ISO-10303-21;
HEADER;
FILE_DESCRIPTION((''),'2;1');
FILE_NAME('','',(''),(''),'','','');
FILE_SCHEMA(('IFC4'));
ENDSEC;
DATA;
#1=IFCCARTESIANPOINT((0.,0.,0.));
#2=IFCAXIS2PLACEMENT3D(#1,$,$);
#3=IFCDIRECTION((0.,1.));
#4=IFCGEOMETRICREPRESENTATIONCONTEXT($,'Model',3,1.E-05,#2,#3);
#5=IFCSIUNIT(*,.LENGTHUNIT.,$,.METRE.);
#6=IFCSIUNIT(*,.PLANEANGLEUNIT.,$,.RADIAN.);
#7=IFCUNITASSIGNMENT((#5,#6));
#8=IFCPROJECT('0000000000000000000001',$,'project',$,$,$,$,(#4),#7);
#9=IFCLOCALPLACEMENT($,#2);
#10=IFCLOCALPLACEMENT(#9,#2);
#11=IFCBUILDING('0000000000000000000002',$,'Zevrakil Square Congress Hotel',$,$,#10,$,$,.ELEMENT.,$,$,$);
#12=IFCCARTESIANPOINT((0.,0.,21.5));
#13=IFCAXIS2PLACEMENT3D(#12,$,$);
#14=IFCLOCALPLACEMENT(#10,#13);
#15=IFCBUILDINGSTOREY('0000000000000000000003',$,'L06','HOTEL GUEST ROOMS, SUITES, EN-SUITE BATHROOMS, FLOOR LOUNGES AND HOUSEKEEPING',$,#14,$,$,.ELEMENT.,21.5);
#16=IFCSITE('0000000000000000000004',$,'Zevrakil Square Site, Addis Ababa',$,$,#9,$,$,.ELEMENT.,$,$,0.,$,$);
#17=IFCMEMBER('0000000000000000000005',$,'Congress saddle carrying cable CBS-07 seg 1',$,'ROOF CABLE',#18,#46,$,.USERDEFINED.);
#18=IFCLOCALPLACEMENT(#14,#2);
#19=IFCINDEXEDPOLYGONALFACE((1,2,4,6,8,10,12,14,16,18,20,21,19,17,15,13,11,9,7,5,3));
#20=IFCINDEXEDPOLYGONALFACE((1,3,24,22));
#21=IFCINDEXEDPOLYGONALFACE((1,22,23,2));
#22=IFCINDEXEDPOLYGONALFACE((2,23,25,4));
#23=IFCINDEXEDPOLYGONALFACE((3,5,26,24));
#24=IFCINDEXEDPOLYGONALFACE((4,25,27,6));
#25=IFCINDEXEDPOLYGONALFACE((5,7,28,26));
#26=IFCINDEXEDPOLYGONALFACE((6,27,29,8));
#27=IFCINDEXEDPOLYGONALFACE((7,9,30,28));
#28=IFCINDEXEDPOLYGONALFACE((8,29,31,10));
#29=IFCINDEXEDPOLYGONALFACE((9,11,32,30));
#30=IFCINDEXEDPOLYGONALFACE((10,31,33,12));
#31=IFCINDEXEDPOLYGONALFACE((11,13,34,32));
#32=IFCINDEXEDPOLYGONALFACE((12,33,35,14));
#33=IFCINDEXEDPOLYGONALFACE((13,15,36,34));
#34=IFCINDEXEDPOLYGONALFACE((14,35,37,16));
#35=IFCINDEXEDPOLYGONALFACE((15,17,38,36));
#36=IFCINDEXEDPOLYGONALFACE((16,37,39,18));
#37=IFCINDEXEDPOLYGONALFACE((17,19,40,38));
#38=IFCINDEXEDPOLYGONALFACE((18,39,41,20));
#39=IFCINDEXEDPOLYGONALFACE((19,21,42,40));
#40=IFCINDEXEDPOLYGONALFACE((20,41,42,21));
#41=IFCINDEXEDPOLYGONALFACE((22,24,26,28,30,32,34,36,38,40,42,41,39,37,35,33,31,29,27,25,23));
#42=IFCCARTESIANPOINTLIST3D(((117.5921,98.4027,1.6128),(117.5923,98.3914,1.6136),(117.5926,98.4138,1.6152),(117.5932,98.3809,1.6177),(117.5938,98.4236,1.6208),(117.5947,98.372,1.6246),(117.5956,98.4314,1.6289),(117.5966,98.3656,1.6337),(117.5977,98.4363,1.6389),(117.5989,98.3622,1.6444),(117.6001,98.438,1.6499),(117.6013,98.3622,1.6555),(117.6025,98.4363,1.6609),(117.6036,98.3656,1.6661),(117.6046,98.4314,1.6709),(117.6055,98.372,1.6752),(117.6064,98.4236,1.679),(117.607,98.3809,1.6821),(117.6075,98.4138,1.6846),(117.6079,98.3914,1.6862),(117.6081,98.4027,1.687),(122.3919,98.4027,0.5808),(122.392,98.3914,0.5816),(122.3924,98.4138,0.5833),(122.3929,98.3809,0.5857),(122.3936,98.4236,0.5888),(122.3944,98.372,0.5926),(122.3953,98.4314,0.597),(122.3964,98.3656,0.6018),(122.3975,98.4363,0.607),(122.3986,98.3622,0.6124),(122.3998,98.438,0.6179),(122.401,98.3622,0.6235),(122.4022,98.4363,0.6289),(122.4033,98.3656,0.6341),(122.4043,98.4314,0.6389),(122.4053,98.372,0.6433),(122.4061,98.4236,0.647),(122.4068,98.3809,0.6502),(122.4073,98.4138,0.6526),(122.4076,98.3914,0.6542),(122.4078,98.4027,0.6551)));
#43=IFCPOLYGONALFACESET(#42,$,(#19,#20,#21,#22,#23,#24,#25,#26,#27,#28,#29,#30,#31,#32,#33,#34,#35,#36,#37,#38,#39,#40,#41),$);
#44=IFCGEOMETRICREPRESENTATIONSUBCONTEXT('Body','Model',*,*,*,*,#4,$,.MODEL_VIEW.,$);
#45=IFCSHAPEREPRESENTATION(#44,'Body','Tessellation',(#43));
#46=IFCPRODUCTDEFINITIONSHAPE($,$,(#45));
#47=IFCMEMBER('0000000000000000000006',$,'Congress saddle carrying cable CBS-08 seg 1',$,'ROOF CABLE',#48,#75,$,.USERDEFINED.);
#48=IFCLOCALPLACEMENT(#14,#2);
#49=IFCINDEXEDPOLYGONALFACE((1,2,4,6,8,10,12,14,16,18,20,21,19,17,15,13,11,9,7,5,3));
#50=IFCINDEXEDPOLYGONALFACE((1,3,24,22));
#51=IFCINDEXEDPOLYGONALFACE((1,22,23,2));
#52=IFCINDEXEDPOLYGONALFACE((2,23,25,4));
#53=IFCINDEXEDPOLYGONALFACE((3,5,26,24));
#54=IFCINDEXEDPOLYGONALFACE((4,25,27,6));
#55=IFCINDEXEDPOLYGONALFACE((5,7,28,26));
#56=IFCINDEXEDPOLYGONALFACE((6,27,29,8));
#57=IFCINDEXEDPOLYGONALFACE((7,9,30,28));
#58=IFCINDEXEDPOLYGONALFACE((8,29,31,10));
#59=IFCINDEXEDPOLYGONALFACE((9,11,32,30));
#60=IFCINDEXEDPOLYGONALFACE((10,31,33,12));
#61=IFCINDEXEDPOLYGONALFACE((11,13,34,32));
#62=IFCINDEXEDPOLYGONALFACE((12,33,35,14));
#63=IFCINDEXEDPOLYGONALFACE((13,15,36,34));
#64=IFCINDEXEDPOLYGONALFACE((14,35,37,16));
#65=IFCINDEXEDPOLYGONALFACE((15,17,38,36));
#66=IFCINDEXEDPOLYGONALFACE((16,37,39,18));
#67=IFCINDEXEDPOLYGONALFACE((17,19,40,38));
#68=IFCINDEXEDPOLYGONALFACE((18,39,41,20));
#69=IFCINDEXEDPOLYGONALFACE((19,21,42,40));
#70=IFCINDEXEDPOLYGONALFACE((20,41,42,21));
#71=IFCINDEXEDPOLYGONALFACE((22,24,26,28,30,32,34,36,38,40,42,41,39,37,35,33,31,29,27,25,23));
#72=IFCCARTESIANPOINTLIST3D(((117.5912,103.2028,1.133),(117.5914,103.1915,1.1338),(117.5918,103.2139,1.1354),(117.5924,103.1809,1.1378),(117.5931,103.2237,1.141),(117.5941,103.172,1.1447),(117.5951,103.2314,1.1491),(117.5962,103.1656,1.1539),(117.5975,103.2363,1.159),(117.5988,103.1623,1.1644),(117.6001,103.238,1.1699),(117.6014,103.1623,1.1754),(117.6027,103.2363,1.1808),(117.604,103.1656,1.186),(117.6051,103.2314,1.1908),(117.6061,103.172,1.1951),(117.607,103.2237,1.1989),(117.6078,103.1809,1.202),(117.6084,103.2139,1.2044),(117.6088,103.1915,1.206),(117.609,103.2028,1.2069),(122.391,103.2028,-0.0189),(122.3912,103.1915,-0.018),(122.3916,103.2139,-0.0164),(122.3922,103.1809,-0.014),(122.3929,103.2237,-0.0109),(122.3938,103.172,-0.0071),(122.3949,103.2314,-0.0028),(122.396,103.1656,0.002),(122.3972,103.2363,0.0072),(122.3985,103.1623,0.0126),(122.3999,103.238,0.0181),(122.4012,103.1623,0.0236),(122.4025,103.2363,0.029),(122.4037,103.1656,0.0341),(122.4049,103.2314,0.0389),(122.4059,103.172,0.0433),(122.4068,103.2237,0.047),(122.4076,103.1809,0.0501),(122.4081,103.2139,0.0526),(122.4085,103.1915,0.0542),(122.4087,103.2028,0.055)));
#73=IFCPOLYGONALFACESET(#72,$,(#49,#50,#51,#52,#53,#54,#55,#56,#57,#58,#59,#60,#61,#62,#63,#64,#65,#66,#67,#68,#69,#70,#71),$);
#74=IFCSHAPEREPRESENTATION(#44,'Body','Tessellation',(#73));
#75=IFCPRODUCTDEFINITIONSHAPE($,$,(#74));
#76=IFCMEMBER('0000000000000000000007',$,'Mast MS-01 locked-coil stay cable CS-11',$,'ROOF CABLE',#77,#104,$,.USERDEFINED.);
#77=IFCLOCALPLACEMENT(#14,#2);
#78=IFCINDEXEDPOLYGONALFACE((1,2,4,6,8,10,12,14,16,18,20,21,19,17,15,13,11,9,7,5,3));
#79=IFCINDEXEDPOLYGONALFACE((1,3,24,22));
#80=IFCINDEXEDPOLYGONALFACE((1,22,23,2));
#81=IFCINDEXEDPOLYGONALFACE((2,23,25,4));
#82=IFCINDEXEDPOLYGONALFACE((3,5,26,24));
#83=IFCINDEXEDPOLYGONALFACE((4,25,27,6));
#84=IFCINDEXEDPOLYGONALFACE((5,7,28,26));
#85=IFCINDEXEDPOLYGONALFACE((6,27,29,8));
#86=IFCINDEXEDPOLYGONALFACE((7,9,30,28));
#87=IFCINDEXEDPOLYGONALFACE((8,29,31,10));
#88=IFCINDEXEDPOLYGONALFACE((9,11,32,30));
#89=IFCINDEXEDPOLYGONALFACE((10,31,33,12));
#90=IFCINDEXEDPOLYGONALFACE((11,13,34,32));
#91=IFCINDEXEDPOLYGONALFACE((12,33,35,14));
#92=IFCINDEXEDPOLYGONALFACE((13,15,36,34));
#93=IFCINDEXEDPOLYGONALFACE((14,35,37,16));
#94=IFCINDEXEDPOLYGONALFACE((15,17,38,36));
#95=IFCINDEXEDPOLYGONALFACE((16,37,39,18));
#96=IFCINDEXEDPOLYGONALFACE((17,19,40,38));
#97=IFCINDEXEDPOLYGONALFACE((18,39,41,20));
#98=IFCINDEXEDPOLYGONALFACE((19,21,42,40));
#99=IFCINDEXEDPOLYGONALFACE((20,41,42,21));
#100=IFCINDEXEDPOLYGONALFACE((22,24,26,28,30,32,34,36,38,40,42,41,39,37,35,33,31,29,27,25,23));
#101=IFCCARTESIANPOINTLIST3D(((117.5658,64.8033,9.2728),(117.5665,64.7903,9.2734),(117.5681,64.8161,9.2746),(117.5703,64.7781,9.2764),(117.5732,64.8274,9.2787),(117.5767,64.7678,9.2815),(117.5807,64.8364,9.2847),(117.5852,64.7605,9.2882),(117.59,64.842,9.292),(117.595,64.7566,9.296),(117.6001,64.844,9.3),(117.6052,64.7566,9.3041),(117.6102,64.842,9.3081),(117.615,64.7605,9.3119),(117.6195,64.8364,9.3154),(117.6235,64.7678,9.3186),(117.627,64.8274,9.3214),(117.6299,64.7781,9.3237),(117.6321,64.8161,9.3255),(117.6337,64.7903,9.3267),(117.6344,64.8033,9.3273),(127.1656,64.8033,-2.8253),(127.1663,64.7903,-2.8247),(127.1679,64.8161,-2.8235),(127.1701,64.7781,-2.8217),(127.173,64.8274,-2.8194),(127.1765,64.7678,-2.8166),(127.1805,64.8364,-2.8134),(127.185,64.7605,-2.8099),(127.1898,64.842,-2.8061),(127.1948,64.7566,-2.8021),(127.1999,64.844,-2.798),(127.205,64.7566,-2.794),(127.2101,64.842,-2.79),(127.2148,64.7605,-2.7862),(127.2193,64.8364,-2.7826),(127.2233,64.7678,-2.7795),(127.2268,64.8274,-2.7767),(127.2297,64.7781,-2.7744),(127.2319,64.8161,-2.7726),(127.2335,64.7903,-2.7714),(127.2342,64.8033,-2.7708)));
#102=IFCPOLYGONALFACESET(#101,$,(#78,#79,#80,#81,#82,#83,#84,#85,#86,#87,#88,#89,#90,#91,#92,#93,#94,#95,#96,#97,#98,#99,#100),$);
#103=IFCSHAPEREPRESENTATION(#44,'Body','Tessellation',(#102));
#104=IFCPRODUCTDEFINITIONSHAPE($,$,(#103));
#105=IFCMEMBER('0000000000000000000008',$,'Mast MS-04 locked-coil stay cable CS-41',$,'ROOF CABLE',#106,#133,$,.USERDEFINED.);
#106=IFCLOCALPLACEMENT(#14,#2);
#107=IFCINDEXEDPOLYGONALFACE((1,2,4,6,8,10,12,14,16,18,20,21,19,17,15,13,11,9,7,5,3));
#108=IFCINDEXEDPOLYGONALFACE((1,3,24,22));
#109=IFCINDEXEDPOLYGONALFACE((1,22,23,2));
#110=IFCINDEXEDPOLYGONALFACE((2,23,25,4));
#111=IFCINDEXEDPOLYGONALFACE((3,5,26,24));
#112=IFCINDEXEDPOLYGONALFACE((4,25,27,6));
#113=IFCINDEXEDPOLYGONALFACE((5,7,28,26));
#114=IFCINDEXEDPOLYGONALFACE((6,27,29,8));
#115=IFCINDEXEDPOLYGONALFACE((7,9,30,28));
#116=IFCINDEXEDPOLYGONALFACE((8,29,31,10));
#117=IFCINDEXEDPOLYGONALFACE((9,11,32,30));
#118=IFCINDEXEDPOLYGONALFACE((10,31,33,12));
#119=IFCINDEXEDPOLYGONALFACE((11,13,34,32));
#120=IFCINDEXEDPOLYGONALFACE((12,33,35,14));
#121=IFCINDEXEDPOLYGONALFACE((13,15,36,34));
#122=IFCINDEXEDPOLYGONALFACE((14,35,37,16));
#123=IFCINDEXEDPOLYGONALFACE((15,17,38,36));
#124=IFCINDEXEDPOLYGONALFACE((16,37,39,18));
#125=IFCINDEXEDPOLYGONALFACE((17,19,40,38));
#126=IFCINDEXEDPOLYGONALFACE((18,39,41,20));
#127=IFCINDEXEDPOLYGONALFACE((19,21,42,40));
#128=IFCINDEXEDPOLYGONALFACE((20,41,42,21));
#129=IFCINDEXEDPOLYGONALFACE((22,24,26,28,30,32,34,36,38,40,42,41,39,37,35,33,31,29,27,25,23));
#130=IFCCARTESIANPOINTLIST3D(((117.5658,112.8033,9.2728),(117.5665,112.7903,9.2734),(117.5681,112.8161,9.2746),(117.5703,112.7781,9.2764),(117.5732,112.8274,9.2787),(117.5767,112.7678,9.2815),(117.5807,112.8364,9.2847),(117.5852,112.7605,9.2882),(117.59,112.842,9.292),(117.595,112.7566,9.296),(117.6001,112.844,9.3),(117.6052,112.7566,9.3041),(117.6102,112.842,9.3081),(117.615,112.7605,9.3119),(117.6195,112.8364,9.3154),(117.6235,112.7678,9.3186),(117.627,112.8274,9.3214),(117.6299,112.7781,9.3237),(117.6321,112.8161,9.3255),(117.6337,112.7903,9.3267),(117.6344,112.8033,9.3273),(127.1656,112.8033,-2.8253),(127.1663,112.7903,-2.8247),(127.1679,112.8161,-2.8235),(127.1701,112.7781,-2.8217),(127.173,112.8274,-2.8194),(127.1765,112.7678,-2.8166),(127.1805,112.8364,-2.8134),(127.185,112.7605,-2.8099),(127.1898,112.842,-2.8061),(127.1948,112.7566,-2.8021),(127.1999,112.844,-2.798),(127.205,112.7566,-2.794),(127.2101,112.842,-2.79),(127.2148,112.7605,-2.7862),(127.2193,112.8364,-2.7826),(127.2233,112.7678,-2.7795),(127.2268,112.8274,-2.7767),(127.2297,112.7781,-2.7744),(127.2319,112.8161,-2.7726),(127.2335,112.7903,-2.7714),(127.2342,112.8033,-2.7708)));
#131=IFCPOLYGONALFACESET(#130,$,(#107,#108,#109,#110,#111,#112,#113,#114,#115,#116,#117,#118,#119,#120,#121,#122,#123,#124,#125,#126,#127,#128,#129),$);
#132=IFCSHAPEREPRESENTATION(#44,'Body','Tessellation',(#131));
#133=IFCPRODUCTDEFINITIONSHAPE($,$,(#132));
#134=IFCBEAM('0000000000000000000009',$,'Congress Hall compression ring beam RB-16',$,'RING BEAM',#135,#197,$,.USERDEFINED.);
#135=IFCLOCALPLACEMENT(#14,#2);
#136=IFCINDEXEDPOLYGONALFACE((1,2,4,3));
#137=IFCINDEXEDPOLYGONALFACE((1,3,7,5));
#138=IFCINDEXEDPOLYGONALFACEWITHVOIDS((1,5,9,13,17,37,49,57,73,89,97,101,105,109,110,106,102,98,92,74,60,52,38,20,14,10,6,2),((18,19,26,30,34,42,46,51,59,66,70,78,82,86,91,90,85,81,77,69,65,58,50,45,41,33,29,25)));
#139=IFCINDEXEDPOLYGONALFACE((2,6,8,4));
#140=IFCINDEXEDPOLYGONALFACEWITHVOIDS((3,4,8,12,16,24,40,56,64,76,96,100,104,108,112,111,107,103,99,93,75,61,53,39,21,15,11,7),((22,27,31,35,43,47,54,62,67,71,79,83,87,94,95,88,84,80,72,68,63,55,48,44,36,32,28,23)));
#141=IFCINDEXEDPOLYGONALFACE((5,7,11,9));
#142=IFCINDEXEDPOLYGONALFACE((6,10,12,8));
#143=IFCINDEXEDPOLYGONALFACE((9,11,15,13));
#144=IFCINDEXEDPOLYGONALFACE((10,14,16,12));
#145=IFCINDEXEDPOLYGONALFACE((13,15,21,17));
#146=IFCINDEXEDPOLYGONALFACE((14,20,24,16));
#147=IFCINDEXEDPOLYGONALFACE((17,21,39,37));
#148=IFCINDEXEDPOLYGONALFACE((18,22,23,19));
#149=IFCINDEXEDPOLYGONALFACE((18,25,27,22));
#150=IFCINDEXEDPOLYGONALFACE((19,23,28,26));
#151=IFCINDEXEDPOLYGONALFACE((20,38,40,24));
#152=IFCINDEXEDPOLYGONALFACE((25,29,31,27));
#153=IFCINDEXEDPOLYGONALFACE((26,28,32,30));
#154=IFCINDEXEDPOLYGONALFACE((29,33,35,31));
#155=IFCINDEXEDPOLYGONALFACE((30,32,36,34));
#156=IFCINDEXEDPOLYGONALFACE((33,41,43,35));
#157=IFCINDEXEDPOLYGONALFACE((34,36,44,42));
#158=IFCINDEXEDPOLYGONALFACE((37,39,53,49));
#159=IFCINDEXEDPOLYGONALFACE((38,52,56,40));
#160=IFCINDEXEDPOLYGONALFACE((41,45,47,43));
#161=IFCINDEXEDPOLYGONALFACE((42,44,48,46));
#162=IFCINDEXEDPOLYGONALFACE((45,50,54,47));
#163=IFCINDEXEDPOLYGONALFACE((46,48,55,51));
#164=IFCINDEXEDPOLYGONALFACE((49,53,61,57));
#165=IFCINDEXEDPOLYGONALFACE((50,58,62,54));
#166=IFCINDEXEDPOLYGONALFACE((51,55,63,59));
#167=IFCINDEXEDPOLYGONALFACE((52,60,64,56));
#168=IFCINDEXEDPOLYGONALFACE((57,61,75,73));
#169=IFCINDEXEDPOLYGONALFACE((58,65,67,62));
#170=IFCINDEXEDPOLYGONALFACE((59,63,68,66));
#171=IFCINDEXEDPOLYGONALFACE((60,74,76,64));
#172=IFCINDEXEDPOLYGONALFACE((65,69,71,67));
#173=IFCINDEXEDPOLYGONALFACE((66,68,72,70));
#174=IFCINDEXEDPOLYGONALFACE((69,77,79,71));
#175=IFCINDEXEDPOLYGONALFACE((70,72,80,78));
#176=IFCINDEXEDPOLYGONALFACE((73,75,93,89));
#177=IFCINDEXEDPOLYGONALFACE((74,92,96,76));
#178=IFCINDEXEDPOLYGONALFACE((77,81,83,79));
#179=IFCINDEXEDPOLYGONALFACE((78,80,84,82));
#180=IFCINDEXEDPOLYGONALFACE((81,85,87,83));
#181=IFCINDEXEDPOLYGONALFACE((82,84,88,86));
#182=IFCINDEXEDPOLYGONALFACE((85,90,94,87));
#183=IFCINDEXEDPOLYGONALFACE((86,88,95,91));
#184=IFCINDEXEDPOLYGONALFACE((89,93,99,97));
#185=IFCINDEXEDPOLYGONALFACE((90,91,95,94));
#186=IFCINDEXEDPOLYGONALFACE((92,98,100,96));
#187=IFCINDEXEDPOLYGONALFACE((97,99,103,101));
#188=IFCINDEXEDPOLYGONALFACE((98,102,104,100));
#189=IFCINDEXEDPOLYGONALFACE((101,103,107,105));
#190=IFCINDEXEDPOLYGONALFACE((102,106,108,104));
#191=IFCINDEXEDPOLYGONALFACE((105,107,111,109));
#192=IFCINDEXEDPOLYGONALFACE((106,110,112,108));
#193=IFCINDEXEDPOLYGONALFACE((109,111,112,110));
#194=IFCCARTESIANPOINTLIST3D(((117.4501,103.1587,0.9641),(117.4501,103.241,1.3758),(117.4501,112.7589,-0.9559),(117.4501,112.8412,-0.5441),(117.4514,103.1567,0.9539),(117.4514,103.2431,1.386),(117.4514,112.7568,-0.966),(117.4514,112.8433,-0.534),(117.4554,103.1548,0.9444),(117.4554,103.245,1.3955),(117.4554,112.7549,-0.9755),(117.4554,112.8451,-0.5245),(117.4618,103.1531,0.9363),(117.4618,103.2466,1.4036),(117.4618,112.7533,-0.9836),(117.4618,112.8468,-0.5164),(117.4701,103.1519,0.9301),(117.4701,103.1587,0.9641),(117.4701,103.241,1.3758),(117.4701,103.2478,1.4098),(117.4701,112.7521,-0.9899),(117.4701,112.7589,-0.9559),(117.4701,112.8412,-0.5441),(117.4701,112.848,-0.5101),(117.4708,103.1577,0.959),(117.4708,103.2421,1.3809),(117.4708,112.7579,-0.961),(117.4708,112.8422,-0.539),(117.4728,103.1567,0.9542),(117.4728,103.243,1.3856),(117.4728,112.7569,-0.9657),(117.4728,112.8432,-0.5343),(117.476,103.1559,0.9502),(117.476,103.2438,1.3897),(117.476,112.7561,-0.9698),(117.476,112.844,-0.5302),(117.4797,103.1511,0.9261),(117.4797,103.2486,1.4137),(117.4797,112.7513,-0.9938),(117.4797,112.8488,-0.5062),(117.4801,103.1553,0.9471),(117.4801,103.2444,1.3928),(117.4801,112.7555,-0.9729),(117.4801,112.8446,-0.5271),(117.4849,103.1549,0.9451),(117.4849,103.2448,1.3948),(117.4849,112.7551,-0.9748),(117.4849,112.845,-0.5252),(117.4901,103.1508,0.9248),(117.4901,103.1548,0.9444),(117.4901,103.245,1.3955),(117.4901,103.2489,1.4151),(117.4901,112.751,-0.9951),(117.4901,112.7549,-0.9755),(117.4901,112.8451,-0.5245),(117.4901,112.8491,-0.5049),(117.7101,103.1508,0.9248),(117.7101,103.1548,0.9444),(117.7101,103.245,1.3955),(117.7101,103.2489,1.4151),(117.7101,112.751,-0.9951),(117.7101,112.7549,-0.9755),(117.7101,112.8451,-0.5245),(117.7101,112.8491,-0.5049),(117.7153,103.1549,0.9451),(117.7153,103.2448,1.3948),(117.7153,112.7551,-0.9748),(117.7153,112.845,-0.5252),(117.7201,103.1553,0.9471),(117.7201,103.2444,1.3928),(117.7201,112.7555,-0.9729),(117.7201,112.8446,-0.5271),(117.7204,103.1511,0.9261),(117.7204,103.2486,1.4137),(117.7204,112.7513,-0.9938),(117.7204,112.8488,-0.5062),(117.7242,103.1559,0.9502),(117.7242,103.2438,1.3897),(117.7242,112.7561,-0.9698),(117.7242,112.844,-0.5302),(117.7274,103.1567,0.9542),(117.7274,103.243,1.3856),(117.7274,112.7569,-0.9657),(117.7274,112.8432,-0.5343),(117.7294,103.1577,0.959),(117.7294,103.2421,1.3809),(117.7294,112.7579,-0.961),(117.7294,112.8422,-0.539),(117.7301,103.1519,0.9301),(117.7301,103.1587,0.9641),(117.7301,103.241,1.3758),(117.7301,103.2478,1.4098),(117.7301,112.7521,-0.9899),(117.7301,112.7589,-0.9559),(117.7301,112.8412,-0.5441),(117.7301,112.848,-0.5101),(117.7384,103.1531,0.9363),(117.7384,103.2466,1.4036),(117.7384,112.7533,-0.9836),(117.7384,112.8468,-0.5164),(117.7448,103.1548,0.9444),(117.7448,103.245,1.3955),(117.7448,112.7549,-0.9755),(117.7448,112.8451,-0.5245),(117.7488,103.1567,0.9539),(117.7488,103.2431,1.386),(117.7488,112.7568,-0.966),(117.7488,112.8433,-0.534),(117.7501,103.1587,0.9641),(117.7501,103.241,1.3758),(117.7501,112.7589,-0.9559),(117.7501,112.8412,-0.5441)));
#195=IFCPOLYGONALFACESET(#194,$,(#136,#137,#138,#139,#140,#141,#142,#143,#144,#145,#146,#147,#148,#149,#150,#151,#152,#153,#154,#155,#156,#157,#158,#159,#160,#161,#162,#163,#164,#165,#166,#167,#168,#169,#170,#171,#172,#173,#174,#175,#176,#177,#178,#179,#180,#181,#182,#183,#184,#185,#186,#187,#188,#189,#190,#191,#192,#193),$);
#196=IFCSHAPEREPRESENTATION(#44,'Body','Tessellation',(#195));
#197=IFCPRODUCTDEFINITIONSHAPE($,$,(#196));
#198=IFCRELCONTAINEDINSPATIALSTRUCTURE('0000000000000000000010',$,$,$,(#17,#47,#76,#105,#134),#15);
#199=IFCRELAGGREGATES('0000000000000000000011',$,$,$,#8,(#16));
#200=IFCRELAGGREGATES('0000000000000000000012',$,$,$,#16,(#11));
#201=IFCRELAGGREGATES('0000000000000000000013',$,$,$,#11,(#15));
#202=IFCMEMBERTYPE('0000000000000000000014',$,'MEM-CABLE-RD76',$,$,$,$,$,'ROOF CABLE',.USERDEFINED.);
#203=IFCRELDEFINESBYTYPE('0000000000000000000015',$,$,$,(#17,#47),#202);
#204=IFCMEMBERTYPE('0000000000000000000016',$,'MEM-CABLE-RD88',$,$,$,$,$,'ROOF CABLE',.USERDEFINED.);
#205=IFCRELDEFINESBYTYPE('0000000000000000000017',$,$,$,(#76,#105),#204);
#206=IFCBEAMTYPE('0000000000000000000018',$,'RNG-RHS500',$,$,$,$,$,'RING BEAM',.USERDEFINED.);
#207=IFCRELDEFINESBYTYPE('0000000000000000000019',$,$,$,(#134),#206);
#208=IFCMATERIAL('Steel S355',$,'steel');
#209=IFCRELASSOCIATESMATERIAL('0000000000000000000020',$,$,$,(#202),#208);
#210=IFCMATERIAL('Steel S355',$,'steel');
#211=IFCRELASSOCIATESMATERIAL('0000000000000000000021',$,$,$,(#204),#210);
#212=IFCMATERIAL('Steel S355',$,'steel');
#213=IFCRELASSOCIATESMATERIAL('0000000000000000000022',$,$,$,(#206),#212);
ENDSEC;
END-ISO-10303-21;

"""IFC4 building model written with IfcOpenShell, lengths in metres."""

from ifc_helpers import new_model, si_unit, direction, frame, origin, origin_2d, place, context, subcontext, project, spatial, hollow_rectangle, circle, extrude, material, material_profile, profile_set, type_object, element, save


model = new_model("IFC4")

# Units and contexts
model_context = context("Model", 3, precision=1e-05, world=origin(), true_north=direction((0.0, 1.0)))
body_context = subcontext(model_context, "Body", "Model", "MODEL_VIEW")
ifc_project = project(units=[si_unit("LENGTHUNIT", "METRE"), si_unit("PLANEANGLEUNIT", "RADIAN")], contexts=[model_context])

# Site, building, storey
site_placement = place(None, origin())
site = spatial("IfcSite", under=ifc_project, at=site_placement, Name="Zevrakil Square Site, Addis Ababa", CompositionType="ELEMENT", RefElevation=0.0)
building_placement = place(site_placement, origin())
building = spatial("IfcBuilding", under=site, at=building_placement, Name="Zevrakil Square Congress Hotel", CompositionType="ELEMENT")
storey_placement = place(building_placement, frame((0.0, 0.0, 21.5)))
storey = spatial("IfcBuildingStorey", under=building, at=storey_placement, Name="L06", Description="HOTEL GUEST ROOMS, SUITES, EN-SUITE BATHROOMS, FLOOR LOUNGES AND HOUSEKEEPING", CompositionType="ELEMENT", Elevation=21.5)

# Members
ifc_material_1 = material(Name="Steel S355", Category="steel")
ifc_material_profile_1 = material_profile(ifc_material_1, circle(Radius=0.0381, at=origin_2d()), Name="CABLE RD76")
ifc_profile_set_1 = profile_set([ifc_material_profile_1], Name="Steel S355")
member_type_1 = type_object("IfcMemberType", Name="MEM-CABLE-RD76", ElementType="ROOF CABLE", PredefinedType="USERDEFINED", material=ifc_profile_set_1)
member_1_placement = place(storey_placement, frame((117.6001, 98.3999, 1.6499), z_axis=(0.977658, 0.0, -0.210201), x_axis=(0.0, 1.0, 0.0)))
element("IfcMember", 1, at=member_1_placement, inside=storey, type_object=member_type_1, Name="Congress saddle carrying cable CBS-07 seg 1", ObjectType="ROOF CABLE", PredefinedType="USERDEFINED", context=body_context, shape_type="SweptSolid", body=[
    extrude(circle(Radius=0.0381, at=origin_2d()), origin(), (0.0, 0.0, 1.0), 4.9094),
])
member_2_placement = place(storey_placement, frame((117.6001, 103.2, 1.1699), z_axis=(0.972392, 0.0, -0.233354), x_axis=(0.0, 1.0, 0.0)))
element("IfcMember", 2, at=member_2_placement, inside=storey, type_object=member_type_1, Name="Congress saddle carrying cable CBS-08 seg 1", ObjectType="ROOF CABLE", PredefinedType="USERDEFINED", context=body_context, shape_type="SweptSolid", body=[
    extrude(circle(Radius=0.0381, at=origin_2d()), origin(), (0.0, 0.0, 1.0), 4.936),
])
ifc_material_2 = material(Name="Steel S355", Category="steel")
ifc_material_profile_2 = material_profile(ifc_material_2, circle(Radius=0.0439, at=origin_2d()), Name="CABLE RD88")
ifc_profile_set_2 = profile_set([ifc_material_profile_2], Name="Steel S355")
member_type_2 = type_object("IfcMemberType", Name="MEM-CABLE-RD88", ElementType="ROOF CABLE", PredefinedType="USERDEFINED", material=ifc_profile_set_2)
for number, where, z_axis, x_axis, name in (
    (3, (117.6001, 64.8, 9.3), (0.621584, 0.0, -0.783347), (0.0, 1.0, 0.0), "Mast MS-01 locked-coil stay cable CS-11"),
    (4, (117.6001, 112.8, 9.3), (0.621584, 0.0, -0.783347), (0.0, 1.0, 0.0), "Mast MS-04 locked-coil stay cable CS-41"),
):
    element("IfcMember", number, at=place(storey_placement, frame(where, z_axis=z_axis, x_axis=x_axis)), inside=storey, type_object=member_type_2, Name=name, ObjectType="ROOF CABLE", PredefinedType="USERDEFINED", context=body_context, shape_type="SweptSolid", body=[
        extrude(circle(Radius=0.0439, at=origin_2d()), origin(), (0.0, 0.0, 1.0), 15.4441),
    ])

# Beam
ifc_material_3 = material(Name="Steel S355", Category="steel")
ifc_material_profile_3 = material_profile(ifc_material_3, hollow_rectangle(XDim=0.3, YDim=0.5, WallThickness=0.02, InnerFilletRadius=0.02, OuterFilletRadius=0.04, at=origin_2d()), Name="RHS 500x300x20")
ifc_profile_set_3 = profile_set([ifc_material_profile_3], Name="Steel S355")
beam_type = type_object("IfcBeamType", Name="RNG-RHS500", ElementType="RING BEAM", PredefinedType="USERDEFINED", material=ifc_profile_set_3)
beam_1_placement = place(storey_placement, frame((117.6001, 112.8, -0.75), z_axis=(0.0, -0.980583, 0.196107), x_axis=(1.0, 0.0, 0.0)))
element("IfcBeam", 5, at=beam_1_placement, inside=storey, type_object=beam_type, Name="Congress Hall compression ring beam RB-16", ObjectType="RING BEAM", PredefinedType="USERDEFINED", context=body_context, shape_type="SweptSolid", body=[
    extrude(hollow_rectangle(XDim=0.3, YDim=0.5, WallThickness=0.02, InnerFilletRadius=0.02, OuterFilletRadius=0.04, at=origin_2d()), origin(), (0.0, 0.0, 1.0), 9.7903),
])

save(model, "model.ifc")
